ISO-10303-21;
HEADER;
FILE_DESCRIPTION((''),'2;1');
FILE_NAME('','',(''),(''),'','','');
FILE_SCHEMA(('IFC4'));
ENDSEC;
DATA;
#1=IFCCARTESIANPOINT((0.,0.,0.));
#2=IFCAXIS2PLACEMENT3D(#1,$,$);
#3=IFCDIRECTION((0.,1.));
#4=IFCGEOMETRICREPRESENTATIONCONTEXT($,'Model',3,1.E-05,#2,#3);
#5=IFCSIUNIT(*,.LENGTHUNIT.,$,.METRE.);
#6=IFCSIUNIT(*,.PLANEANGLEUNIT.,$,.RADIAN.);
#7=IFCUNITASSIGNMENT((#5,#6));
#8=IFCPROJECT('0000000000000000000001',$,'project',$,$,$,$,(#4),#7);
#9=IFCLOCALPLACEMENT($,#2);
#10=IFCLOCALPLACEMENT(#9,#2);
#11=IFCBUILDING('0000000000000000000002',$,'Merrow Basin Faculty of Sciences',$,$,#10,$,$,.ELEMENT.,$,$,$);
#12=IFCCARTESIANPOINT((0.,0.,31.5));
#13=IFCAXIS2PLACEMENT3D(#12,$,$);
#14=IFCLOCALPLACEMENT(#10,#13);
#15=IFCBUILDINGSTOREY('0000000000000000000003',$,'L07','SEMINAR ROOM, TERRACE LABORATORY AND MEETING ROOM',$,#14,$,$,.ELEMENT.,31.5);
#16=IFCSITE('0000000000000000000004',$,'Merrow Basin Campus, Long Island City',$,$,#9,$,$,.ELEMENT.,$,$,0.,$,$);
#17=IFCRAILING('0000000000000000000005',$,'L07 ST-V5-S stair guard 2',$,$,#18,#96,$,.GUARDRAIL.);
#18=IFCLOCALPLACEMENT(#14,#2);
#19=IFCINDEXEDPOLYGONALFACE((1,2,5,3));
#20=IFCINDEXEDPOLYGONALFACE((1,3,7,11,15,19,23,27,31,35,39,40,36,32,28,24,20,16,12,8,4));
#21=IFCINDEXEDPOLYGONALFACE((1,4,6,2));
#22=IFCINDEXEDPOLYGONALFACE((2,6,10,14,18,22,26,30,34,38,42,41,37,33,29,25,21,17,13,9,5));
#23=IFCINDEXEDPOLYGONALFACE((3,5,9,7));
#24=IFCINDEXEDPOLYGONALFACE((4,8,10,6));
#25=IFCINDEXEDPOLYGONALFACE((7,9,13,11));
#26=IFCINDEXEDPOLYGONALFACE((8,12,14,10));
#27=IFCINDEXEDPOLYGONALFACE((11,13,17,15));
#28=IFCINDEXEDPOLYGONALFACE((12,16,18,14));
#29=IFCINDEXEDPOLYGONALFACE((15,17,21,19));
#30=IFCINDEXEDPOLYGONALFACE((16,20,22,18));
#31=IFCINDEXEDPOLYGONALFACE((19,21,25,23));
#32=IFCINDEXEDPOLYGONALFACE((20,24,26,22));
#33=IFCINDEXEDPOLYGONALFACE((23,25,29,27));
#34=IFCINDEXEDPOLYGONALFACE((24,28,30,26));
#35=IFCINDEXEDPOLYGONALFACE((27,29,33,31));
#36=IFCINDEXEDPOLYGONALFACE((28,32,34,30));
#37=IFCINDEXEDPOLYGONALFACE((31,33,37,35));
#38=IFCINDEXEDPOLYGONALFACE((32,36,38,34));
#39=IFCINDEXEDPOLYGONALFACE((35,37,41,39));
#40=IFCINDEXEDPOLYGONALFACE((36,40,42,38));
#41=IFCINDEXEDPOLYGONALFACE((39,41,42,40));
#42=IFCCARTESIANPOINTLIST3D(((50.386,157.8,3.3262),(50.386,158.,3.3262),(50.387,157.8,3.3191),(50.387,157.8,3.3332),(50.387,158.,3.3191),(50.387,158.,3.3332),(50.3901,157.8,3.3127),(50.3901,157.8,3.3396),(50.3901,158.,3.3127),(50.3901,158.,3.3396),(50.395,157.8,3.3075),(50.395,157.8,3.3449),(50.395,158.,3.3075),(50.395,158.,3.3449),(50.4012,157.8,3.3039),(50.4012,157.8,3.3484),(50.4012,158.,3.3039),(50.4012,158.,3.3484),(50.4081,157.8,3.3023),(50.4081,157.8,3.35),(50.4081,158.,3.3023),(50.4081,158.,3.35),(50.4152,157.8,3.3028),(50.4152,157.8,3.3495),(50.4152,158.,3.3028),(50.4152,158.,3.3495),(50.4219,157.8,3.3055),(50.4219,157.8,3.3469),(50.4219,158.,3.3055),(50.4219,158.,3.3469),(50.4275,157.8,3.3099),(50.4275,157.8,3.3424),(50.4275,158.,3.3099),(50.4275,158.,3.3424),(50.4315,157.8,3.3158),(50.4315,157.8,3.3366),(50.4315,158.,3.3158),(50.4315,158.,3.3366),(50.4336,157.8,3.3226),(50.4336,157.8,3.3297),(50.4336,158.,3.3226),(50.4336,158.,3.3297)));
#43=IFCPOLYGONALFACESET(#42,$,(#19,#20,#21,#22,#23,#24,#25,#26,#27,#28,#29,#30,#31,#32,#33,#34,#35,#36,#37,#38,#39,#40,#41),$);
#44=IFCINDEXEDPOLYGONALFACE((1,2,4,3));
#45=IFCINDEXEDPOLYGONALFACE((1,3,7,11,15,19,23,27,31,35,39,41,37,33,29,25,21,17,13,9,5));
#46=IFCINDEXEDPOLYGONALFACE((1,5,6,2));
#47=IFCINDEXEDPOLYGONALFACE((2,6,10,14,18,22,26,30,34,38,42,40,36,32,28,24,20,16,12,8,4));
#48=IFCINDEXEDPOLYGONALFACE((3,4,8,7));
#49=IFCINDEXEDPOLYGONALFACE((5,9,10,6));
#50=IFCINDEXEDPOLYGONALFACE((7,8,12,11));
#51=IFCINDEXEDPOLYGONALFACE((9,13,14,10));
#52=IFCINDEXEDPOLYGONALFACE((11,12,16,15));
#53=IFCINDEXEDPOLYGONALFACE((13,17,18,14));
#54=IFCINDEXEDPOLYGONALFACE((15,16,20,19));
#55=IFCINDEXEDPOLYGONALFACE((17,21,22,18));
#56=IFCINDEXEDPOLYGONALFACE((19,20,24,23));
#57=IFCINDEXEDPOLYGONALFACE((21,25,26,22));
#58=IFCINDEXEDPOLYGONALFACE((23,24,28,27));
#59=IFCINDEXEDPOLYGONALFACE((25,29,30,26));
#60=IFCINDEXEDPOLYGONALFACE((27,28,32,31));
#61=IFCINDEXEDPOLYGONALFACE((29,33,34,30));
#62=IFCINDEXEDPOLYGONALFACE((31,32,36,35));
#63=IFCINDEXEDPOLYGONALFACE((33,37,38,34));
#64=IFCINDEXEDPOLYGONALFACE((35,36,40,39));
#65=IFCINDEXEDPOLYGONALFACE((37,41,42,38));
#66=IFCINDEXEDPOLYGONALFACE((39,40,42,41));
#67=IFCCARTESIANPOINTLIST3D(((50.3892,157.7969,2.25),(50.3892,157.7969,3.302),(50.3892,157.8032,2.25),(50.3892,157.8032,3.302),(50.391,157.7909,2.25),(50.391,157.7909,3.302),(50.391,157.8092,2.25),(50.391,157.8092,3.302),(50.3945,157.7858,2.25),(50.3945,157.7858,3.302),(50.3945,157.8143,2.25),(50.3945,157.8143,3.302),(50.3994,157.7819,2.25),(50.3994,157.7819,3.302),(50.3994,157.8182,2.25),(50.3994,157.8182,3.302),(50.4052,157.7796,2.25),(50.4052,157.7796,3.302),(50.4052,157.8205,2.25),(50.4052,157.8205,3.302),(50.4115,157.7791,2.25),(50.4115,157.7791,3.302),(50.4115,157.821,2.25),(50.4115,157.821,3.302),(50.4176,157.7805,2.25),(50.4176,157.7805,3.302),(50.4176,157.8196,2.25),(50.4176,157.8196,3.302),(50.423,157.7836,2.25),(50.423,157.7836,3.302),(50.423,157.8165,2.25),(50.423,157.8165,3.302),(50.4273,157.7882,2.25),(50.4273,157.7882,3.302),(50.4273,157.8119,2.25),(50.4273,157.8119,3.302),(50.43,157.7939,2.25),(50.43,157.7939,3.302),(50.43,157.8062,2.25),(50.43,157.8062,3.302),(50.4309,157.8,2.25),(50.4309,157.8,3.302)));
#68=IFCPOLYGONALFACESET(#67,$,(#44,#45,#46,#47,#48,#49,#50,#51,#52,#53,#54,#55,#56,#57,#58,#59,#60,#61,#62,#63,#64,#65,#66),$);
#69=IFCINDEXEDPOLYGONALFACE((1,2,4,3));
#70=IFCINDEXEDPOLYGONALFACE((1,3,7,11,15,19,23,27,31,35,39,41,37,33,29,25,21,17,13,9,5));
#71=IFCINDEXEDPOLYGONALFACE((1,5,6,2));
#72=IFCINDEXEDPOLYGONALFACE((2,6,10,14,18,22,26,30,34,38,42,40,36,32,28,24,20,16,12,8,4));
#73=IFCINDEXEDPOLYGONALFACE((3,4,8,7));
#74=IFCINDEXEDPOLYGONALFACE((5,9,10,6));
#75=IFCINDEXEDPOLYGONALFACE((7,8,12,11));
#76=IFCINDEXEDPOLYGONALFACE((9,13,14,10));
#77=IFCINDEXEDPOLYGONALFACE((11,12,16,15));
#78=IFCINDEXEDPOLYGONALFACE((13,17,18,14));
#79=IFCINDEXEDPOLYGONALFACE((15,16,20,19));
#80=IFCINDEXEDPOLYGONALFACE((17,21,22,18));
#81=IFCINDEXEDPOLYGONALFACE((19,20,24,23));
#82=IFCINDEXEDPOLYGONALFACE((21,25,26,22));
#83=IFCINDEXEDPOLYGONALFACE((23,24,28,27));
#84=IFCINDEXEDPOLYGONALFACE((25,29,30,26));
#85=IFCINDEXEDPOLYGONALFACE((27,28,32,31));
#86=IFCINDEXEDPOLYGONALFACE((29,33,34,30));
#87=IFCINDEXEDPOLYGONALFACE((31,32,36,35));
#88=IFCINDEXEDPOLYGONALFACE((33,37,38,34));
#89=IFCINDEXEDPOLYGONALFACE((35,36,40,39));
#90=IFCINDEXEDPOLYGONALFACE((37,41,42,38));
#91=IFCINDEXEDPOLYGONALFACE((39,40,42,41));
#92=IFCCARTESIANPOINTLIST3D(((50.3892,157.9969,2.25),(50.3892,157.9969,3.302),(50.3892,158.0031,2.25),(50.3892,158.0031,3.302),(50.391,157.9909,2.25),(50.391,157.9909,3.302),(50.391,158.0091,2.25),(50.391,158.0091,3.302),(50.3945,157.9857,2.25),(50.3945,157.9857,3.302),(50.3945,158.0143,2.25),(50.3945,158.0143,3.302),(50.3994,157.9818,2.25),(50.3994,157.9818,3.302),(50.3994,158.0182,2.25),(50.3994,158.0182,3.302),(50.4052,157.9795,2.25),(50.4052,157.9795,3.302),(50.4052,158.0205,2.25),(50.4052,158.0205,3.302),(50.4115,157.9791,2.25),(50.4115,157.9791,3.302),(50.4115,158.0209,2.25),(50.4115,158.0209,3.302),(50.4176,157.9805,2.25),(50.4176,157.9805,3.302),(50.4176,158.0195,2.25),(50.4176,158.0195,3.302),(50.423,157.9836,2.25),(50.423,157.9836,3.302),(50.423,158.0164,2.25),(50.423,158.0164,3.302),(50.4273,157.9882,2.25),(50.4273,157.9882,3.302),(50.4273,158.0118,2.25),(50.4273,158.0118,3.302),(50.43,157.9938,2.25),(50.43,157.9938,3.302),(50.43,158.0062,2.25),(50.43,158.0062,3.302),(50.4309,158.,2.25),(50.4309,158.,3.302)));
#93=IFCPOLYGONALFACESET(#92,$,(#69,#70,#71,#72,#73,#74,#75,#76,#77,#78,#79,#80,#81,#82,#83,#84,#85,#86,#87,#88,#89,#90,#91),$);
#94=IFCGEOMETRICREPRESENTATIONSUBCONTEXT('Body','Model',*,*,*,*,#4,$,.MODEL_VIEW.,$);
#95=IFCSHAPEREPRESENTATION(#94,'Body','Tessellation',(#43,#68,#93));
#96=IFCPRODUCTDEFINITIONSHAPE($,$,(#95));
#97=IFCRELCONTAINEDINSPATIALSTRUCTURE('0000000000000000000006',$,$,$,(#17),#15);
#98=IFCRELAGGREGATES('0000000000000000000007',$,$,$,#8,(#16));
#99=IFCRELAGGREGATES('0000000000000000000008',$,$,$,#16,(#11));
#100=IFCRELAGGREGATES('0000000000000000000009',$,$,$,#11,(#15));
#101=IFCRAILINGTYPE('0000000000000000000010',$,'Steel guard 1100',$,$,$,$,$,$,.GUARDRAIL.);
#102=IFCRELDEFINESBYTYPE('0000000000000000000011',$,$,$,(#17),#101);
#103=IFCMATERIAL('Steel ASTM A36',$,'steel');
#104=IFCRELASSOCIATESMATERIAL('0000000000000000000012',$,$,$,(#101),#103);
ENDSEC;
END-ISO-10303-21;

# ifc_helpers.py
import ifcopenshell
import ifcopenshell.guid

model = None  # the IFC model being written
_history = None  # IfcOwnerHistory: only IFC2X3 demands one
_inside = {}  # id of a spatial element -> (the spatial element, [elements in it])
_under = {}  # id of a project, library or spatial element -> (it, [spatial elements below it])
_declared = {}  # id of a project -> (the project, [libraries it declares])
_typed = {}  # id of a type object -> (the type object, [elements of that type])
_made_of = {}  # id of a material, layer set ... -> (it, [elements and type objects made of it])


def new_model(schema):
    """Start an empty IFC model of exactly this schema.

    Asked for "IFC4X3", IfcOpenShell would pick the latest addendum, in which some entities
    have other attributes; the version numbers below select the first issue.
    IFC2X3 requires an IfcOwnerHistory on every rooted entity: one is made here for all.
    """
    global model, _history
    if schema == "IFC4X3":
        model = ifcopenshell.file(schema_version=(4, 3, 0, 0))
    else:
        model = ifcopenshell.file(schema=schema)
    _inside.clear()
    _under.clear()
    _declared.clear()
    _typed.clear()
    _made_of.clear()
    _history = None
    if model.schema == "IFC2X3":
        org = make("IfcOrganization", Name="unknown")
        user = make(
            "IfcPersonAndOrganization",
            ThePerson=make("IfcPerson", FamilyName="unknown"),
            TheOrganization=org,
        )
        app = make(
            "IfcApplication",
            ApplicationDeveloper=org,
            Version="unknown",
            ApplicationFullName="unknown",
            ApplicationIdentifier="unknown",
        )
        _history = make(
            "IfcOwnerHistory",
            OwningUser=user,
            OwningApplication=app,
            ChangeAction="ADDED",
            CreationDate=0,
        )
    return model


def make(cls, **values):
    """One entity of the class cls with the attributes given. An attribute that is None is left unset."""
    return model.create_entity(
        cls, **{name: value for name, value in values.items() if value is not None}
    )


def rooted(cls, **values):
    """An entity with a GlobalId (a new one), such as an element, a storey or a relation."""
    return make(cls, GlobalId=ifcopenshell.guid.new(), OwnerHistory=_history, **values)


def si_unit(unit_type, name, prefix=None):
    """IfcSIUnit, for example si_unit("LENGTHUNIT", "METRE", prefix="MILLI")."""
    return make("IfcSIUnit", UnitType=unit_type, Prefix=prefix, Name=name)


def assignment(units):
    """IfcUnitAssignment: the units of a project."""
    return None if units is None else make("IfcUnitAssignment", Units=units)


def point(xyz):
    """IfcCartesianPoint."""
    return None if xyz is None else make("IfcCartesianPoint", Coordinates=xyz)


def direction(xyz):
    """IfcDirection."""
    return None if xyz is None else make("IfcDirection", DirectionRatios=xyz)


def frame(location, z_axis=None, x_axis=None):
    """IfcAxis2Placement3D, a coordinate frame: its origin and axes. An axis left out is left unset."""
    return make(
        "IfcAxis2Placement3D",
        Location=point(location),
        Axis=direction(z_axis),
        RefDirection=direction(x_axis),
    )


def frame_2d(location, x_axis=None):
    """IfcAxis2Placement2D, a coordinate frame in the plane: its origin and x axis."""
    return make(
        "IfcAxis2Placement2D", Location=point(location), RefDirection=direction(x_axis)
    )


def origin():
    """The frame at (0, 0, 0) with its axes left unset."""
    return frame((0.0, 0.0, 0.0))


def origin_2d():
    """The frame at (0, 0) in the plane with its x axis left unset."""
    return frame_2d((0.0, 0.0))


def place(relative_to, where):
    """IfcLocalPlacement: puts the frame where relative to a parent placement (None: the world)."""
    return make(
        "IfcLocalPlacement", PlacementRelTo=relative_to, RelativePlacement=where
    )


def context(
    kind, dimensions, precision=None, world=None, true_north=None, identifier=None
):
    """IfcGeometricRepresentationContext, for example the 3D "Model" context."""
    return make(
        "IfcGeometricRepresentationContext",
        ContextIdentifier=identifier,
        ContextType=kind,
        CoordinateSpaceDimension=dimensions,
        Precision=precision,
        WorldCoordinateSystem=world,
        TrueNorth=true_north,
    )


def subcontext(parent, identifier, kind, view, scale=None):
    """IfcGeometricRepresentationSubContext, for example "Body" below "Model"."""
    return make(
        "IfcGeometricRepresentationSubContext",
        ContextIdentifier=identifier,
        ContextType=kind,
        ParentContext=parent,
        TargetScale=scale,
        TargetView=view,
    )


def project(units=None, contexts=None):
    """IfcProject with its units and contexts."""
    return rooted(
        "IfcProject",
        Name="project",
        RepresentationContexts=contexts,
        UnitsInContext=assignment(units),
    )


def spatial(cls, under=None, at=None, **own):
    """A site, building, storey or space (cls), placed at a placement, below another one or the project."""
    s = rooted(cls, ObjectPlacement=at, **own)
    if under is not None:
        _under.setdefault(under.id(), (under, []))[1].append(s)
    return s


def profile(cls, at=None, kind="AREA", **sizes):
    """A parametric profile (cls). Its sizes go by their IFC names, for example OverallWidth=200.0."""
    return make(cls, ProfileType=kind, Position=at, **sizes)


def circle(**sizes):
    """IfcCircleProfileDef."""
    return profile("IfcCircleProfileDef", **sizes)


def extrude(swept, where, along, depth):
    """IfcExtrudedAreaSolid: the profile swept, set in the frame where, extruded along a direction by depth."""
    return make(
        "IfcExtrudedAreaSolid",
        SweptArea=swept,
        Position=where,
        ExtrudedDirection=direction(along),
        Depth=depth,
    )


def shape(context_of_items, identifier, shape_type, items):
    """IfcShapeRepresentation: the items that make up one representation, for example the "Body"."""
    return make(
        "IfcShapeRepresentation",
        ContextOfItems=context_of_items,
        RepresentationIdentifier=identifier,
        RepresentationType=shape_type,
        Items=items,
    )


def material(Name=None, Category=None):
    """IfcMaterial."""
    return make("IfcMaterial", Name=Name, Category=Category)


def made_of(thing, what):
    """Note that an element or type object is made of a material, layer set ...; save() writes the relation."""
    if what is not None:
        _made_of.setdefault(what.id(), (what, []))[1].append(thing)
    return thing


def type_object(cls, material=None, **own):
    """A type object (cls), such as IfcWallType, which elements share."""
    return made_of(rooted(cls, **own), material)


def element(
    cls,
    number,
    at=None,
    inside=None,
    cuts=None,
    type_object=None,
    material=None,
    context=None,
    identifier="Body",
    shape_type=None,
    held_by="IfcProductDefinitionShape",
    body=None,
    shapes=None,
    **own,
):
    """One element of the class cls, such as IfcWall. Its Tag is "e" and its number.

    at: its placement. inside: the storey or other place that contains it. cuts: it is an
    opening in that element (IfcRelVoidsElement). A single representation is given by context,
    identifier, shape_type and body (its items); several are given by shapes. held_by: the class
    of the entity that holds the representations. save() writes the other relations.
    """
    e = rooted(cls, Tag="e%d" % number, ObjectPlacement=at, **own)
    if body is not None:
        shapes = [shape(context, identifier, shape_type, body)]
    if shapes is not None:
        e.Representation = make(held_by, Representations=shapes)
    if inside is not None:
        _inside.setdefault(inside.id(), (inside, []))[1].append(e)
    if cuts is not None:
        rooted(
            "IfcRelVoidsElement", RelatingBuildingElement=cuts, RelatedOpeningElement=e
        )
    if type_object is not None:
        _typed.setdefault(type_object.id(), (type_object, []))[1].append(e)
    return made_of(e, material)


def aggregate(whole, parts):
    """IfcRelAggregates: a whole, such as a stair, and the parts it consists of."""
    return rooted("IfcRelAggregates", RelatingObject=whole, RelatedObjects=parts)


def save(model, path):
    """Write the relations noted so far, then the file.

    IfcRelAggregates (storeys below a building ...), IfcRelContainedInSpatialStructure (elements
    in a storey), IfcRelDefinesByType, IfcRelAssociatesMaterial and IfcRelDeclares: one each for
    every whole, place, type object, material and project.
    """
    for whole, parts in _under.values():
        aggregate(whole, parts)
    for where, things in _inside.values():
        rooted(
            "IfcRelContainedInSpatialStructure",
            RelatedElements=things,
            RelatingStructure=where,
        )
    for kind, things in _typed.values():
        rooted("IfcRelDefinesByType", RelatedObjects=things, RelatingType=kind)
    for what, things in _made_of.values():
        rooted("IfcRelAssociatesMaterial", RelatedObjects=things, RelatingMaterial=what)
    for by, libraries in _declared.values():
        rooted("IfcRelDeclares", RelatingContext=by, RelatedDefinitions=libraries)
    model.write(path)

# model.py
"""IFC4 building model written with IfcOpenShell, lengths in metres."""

from ifc_helpers import new_model, si_unit, direction, frame, origin, origin_2d, place, context, subcontext, project, spatial, circle, extrude, material, type_object, element, save


model = new_model("IFC4")

# Units and contexts
model_context = context("Model", 3, precision=1e-05, world=origin(), true_north=direction((0.0, 1.0)))
body_context = subcontext(model_context, "Body", "Model", "MODEL_VIEW")
ifc_project = project(units=[si_unit("LENGTHUNIT", "METRE"), si_unit("PLANEANGLEUNIT", "RADIAN")], contexts=[model_context])

# Site, building, storey
site_placement = place(None, origin())
site = spatial("IfcSite", under=ifc_project, at=site_placement, Name="Merrow Basin Campus, Long Island City", CompositionType="ELEMENT", RefElevation=0.0)
building_placement = place(site_placement, origin())
building = spatial("IfcBuilding", under=site, at=building_placement, Name="Merrow Basin Faculty of Sciences", CompositionType="ELEMENT")
storey_placement = place(building_placement, frame((0.0, 0.0, 31.5)))
storey = spatial("IfcBuildingStorey", under=building, at=storey_placement, Name="L07", Description="SEMINAR ROOM, TERRACE LABORATORY AND MEETING ROOM", CompositionType="ELEMENT", Elevation=31.5)

# Railing
ifc_material_1 = material(Name="Steel ASTM A36", Category="steel")
railing_type_1 = type_object("IfcRailingType", Name="Steel guard 1100", PredefinedType="GUARDRAIL", material=ifc_material_1)
railing_1_placement = place(storey_placement, frame((50.4099, 157.8, 2.25)))
element("IfcRailing", 1, at=railing_1_placement, inside=storey, type_object=railing_type_1, Name="L07 ST-V5-S stair guard 2", PredefinedType="GUARDRAIL", context=body_context, shape_type="SweptSolid", body=[
    extrude(circle(Radius=0.0239, at=origin_2d()), frame((0.0, 0.0, 1.0762), z_axis=(0.0, 1.0, 0.0), x_axis=(-1.0, 0.0, 0.0)), (0.0, 0.0, 1.0), 0.2),
    extrude(circle(Radius=0.021, at=origin_2d()), origin(), (0.0, 0.0, 1.0), 1.052),
    extrude(circle(Radius=0.021, at=origin_2d()), frame((0.0, 0.2, 0.0)), (0.0, 0.0, 1.0), 1.052),
])

save(model, "model.ifc")
